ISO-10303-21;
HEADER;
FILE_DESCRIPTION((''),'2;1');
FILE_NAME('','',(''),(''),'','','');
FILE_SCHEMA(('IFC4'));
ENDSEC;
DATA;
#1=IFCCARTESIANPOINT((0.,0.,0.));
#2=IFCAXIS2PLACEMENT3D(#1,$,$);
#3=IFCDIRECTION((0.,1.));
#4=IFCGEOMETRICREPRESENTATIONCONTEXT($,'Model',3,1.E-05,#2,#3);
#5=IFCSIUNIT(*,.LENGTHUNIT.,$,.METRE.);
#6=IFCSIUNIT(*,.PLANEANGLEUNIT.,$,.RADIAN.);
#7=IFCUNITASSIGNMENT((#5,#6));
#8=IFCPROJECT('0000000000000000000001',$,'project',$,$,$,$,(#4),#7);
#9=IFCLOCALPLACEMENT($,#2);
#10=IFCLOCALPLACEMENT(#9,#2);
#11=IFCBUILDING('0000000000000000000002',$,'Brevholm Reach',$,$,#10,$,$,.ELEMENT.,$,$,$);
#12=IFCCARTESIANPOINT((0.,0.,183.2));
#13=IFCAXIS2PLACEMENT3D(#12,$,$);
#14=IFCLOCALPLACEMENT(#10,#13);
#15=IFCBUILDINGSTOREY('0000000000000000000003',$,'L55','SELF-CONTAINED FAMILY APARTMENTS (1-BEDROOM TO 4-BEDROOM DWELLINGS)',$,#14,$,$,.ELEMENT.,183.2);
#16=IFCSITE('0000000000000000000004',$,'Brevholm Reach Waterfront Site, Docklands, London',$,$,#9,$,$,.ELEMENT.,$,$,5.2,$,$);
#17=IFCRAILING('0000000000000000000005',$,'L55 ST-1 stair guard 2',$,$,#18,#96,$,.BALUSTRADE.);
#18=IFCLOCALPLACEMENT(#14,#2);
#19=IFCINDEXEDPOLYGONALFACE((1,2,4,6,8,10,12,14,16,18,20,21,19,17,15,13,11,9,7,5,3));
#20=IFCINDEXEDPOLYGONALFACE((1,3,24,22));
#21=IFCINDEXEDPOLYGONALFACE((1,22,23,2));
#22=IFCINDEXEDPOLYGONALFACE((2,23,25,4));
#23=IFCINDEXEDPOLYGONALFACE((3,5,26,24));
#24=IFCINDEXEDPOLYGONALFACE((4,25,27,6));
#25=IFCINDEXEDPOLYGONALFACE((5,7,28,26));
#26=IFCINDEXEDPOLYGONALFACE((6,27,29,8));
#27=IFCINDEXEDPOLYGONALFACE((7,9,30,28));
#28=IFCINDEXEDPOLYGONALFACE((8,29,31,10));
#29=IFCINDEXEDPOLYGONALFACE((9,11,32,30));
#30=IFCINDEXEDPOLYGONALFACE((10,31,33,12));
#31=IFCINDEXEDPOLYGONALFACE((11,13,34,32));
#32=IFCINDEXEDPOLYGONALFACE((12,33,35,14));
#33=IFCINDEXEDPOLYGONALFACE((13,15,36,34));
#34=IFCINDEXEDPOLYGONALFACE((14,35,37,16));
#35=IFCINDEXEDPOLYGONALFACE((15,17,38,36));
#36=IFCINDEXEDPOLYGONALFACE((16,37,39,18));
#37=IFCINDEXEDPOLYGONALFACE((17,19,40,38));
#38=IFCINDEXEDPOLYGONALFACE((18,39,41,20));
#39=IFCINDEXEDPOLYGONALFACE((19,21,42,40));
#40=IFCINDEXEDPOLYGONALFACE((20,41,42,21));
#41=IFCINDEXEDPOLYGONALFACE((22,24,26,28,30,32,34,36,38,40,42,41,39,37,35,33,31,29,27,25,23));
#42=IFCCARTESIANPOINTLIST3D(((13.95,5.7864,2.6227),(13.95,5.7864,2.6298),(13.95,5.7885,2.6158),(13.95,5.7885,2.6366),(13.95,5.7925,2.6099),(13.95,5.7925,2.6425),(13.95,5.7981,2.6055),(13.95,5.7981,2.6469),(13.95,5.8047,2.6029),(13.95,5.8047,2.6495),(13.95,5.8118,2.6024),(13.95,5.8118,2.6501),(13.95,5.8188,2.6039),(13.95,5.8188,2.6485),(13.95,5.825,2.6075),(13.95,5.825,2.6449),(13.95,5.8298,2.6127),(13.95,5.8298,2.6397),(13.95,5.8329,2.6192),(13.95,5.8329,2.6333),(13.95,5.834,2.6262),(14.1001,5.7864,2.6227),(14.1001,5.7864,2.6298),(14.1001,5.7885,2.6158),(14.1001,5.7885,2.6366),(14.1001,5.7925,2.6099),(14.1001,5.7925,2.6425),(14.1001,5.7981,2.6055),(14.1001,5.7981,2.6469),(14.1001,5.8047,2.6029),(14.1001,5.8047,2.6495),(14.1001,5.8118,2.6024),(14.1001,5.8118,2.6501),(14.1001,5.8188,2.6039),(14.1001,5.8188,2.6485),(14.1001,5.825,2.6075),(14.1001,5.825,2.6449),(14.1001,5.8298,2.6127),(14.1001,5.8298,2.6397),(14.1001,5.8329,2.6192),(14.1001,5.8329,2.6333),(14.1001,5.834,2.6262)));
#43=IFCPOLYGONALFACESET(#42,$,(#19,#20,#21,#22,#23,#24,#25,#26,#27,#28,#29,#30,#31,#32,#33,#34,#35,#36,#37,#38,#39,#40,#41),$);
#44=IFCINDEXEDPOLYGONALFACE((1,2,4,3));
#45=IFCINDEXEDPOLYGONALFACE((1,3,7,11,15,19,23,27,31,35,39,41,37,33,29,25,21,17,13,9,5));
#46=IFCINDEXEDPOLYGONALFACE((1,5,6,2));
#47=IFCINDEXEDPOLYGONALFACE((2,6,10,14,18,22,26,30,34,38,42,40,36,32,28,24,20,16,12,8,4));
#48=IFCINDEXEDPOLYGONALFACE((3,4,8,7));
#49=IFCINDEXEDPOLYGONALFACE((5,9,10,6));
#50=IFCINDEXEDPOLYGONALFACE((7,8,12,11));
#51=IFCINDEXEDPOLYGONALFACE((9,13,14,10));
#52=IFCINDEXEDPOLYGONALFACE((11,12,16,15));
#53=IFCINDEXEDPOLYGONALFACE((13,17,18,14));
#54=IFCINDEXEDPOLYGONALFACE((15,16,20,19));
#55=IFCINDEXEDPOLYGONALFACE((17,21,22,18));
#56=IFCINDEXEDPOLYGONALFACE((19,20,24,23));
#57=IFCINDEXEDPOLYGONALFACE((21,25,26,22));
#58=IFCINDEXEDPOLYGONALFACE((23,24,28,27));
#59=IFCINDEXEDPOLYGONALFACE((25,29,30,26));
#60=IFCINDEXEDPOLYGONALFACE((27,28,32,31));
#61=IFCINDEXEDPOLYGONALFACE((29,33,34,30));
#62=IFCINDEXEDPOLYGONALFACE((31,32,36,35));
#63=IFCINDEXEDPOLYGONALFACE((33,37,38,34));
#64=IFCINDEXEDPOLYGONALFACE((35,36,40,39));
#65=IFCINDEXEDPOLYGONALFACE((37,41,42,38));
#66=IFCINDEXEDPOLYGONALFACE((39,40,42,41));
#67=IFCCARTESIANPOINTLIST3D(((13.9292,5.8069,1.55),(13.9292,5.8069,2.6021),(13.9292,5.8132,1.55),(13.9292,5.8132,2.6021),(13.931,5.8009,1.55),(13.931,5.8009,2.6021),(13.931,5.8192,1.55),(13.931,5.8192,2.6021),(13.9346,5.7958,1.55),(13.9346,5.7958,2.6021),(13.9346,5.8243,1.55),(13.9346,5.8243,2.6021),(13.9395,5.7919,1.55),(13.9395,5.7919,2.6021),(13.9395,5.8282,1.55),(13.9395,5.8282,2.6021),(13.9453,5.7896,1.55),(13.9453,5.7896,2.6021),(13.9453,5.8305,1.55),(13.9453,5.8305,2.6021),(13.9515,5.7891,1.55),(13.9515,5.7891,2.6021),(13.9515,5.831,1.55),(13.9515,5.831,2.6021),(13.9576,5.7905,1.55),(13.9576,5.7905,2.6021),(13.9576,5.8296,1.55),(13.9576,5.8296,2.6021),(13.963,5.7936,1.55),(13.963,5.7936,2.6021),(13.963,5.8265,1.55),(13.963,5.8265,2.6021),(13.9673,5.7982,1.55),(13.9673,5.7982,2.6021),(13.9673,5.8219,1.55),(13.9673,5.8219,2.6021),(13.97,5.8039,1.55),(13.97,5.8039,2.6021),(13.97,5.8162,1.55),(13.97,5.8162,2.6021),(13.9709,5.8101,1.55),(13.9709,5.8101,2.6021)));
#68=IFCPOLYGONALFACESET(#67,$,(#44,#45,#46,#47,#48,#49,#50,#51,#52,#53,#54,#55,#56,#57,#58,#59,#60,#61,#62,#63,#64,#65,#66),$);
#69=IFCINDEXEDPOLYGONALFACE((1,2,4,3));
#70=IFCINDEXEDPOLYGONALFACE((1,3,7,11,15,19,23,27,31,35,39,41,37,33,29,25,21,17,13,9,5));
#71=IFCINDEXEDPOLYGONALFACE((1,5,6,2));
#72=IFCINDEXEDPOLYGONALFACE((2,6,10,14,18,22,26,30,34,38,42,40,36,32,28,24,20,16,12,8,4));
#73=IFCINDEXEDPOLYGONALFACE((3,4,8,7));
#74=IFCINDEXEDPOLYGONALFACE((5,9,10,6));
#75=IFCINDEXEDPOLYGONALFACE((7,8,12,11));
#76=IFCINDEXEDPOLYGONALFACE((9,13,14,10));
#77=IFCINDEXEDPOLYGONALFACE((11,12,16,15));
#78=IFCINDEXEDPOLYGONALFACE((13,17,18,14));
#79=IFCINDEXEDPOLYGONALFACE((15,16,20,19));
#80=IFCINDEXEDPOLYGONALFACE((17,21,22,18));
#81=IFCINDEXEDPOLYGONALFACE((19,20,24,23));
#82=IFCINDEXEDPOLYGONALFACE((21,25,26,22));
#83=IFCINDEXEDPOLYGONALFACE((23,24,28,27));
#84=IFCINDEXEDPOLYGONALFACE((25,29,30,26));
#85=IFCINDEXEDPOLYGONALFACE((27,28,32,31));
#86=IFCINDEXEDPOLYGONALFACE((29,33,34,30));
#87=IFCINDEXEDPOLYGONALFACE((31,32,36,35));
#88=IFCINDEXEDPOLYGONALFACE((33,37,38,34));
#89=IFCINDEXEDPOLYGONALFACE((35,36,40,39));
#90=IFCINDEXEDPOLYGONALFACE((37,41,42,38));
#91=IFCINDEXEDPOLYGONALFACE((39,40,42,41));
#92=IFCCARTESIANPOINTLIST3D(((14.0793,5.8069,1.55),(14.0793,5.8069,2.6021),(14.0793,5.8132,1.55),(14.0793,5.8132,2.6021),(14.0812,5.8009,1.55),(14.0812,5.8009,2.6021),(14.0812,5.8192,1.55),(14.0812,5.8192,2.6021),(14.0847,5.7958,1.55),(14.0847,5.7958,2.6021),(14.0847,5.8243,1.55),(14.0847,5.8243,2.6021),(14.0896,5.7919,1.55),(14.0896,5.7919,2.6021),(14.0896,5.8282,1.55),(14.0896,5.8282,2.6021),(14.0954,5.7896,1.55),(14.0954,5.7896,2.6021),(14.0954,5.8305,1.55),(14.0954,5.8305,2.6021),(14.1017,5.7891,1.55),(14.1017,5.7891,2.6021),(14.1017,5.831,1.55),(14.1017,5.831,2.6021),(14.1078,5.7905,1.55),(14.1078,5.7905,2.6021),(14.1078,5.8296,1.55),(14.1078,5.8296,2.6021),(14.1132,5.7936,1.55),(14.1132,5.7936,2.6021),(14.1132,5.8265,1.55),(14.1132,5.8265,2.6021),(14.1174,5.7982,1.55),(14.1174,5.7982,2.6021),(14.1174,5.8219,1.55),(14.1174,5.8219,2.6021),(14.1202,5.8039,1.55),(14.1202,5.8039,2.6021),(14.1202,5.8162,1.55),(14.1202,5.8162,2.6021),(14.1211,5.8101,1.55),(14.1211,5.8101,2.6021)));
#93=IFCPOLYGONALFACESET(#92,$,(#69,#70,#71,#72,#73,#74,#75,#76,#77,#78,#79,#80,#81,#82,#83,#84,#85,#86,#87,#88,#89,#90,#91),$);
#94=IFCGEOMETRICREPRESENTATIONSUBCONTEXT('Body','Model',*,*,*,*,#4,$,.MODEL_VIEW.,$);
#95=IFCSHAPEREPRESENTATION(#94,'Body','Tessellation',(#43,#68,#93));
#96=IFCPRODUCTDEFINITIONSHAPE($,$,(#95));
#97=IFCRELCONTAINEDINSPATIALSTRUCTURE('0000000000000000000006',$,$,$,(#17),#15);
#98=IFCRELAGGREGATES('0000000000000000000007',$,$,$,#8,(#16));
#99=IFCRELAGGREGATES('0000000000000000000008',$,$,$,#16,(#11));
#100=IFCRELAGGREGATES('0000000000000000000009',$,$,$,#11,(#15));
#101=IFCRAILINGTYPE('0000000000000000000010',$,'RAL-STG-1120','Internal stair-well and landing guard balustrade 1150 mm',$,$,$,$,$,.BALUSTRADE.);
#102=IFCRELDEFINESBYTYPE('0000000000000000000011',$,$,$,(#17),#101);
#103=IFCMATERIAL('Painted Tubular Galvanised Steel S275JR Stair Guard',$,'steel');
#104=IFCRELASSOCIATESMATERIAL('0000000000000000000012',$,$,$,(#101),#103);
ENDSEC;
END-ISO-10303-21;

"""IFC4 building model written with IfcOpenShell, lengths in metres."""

from ifc_helpers import new_model, si_unit, direction, frame, origin, origin_2d, place, context, subcontext, project, spatial, circle, extrude, material, type_object, element, save


model = new_model("IFC4")

# Units and contexts
model_context = context("Model", 3, precision=1e-05, world=origin(), true_north=direction((0.0, 1.0)))
body_context = subcontext(model_context, "Body", "Model", "MODEL_VIEW")
ifc_project = project(units=[si_unit("LENGTHUNIT", "METRE"), si_unit("PLANEANGLEUNIT", "RADIAN")], contexts=[model_context])

# Site, building, storey
site_placement = place(None, origin())
site = spatial("IfcSite", under=ifc_project, at=site_placement, Name="Brevholm Reach Waterfront Site, Docklands, London", CompositionType="ELEMENT", RefElevation=5.2)
building_placement = place(site_placement, origin())
building = spatial("IfcBuilding", under=site, at=building_placement, Name="Brevholm Reach", CompositionType="ELEMENT")
storey_placement = place(building_placement, frame((0.0, 0.0, 183.2)))
storey = spatial("IfcBuildingStorey", under=building, at=storey_placement, Name="L55", Description="SELF-CONTAINED FAMILY APARTMENTS (1-BEDROOM TO 4-BEDROOM DWELLINGS)", CompositionType="ELEMENT", Elevation=183.2)

# Railing
ifc_material_1 = material(Name="Painted Tubular Galvanised Steel S275JR Stair Guard", Category="steel")
railing_type_1 = type_object("IfcRailingType", Name="RAL-STG-1120", Description="Internal stair-well and landing guard balustrade 1150 mm", PredefinedType="BALUSTRADE", material=ifc_material_1)
railing_1_placement = place(storey_placement, frame((13.95, 5.8101, 1.55)))
element("IfcRailing", 1, at=railing_1_placement, inside=storey, type_object=railing_type_1, Name="L55 ST-1 stair guard 2", PredefinedType="BALUSTRADE", context=body_context, shape_type="SweptSolid", body=[
    extrude(circle(Radius=0.0239, at=origin_2d()), frame((0.0, 0.0, 1.0762), z_axis=(1.0, 0.0, 0.0), x_axis=(0.0, 1.0, 0.0)), (0.0, 0.0, 1.0), 0.1501),
    extrude(circle(Radius=0.021, at=origin_2d()), origin(), (0.0, 0.0, 1.0), 1.052),
    extrude(circle(Radius=0.021, at=origin_2d()), frame((0.1501, 0.0, 0.0)), (0.0, 0.0, 1.0), 1.052),
])

save(model, "model.ifc")
